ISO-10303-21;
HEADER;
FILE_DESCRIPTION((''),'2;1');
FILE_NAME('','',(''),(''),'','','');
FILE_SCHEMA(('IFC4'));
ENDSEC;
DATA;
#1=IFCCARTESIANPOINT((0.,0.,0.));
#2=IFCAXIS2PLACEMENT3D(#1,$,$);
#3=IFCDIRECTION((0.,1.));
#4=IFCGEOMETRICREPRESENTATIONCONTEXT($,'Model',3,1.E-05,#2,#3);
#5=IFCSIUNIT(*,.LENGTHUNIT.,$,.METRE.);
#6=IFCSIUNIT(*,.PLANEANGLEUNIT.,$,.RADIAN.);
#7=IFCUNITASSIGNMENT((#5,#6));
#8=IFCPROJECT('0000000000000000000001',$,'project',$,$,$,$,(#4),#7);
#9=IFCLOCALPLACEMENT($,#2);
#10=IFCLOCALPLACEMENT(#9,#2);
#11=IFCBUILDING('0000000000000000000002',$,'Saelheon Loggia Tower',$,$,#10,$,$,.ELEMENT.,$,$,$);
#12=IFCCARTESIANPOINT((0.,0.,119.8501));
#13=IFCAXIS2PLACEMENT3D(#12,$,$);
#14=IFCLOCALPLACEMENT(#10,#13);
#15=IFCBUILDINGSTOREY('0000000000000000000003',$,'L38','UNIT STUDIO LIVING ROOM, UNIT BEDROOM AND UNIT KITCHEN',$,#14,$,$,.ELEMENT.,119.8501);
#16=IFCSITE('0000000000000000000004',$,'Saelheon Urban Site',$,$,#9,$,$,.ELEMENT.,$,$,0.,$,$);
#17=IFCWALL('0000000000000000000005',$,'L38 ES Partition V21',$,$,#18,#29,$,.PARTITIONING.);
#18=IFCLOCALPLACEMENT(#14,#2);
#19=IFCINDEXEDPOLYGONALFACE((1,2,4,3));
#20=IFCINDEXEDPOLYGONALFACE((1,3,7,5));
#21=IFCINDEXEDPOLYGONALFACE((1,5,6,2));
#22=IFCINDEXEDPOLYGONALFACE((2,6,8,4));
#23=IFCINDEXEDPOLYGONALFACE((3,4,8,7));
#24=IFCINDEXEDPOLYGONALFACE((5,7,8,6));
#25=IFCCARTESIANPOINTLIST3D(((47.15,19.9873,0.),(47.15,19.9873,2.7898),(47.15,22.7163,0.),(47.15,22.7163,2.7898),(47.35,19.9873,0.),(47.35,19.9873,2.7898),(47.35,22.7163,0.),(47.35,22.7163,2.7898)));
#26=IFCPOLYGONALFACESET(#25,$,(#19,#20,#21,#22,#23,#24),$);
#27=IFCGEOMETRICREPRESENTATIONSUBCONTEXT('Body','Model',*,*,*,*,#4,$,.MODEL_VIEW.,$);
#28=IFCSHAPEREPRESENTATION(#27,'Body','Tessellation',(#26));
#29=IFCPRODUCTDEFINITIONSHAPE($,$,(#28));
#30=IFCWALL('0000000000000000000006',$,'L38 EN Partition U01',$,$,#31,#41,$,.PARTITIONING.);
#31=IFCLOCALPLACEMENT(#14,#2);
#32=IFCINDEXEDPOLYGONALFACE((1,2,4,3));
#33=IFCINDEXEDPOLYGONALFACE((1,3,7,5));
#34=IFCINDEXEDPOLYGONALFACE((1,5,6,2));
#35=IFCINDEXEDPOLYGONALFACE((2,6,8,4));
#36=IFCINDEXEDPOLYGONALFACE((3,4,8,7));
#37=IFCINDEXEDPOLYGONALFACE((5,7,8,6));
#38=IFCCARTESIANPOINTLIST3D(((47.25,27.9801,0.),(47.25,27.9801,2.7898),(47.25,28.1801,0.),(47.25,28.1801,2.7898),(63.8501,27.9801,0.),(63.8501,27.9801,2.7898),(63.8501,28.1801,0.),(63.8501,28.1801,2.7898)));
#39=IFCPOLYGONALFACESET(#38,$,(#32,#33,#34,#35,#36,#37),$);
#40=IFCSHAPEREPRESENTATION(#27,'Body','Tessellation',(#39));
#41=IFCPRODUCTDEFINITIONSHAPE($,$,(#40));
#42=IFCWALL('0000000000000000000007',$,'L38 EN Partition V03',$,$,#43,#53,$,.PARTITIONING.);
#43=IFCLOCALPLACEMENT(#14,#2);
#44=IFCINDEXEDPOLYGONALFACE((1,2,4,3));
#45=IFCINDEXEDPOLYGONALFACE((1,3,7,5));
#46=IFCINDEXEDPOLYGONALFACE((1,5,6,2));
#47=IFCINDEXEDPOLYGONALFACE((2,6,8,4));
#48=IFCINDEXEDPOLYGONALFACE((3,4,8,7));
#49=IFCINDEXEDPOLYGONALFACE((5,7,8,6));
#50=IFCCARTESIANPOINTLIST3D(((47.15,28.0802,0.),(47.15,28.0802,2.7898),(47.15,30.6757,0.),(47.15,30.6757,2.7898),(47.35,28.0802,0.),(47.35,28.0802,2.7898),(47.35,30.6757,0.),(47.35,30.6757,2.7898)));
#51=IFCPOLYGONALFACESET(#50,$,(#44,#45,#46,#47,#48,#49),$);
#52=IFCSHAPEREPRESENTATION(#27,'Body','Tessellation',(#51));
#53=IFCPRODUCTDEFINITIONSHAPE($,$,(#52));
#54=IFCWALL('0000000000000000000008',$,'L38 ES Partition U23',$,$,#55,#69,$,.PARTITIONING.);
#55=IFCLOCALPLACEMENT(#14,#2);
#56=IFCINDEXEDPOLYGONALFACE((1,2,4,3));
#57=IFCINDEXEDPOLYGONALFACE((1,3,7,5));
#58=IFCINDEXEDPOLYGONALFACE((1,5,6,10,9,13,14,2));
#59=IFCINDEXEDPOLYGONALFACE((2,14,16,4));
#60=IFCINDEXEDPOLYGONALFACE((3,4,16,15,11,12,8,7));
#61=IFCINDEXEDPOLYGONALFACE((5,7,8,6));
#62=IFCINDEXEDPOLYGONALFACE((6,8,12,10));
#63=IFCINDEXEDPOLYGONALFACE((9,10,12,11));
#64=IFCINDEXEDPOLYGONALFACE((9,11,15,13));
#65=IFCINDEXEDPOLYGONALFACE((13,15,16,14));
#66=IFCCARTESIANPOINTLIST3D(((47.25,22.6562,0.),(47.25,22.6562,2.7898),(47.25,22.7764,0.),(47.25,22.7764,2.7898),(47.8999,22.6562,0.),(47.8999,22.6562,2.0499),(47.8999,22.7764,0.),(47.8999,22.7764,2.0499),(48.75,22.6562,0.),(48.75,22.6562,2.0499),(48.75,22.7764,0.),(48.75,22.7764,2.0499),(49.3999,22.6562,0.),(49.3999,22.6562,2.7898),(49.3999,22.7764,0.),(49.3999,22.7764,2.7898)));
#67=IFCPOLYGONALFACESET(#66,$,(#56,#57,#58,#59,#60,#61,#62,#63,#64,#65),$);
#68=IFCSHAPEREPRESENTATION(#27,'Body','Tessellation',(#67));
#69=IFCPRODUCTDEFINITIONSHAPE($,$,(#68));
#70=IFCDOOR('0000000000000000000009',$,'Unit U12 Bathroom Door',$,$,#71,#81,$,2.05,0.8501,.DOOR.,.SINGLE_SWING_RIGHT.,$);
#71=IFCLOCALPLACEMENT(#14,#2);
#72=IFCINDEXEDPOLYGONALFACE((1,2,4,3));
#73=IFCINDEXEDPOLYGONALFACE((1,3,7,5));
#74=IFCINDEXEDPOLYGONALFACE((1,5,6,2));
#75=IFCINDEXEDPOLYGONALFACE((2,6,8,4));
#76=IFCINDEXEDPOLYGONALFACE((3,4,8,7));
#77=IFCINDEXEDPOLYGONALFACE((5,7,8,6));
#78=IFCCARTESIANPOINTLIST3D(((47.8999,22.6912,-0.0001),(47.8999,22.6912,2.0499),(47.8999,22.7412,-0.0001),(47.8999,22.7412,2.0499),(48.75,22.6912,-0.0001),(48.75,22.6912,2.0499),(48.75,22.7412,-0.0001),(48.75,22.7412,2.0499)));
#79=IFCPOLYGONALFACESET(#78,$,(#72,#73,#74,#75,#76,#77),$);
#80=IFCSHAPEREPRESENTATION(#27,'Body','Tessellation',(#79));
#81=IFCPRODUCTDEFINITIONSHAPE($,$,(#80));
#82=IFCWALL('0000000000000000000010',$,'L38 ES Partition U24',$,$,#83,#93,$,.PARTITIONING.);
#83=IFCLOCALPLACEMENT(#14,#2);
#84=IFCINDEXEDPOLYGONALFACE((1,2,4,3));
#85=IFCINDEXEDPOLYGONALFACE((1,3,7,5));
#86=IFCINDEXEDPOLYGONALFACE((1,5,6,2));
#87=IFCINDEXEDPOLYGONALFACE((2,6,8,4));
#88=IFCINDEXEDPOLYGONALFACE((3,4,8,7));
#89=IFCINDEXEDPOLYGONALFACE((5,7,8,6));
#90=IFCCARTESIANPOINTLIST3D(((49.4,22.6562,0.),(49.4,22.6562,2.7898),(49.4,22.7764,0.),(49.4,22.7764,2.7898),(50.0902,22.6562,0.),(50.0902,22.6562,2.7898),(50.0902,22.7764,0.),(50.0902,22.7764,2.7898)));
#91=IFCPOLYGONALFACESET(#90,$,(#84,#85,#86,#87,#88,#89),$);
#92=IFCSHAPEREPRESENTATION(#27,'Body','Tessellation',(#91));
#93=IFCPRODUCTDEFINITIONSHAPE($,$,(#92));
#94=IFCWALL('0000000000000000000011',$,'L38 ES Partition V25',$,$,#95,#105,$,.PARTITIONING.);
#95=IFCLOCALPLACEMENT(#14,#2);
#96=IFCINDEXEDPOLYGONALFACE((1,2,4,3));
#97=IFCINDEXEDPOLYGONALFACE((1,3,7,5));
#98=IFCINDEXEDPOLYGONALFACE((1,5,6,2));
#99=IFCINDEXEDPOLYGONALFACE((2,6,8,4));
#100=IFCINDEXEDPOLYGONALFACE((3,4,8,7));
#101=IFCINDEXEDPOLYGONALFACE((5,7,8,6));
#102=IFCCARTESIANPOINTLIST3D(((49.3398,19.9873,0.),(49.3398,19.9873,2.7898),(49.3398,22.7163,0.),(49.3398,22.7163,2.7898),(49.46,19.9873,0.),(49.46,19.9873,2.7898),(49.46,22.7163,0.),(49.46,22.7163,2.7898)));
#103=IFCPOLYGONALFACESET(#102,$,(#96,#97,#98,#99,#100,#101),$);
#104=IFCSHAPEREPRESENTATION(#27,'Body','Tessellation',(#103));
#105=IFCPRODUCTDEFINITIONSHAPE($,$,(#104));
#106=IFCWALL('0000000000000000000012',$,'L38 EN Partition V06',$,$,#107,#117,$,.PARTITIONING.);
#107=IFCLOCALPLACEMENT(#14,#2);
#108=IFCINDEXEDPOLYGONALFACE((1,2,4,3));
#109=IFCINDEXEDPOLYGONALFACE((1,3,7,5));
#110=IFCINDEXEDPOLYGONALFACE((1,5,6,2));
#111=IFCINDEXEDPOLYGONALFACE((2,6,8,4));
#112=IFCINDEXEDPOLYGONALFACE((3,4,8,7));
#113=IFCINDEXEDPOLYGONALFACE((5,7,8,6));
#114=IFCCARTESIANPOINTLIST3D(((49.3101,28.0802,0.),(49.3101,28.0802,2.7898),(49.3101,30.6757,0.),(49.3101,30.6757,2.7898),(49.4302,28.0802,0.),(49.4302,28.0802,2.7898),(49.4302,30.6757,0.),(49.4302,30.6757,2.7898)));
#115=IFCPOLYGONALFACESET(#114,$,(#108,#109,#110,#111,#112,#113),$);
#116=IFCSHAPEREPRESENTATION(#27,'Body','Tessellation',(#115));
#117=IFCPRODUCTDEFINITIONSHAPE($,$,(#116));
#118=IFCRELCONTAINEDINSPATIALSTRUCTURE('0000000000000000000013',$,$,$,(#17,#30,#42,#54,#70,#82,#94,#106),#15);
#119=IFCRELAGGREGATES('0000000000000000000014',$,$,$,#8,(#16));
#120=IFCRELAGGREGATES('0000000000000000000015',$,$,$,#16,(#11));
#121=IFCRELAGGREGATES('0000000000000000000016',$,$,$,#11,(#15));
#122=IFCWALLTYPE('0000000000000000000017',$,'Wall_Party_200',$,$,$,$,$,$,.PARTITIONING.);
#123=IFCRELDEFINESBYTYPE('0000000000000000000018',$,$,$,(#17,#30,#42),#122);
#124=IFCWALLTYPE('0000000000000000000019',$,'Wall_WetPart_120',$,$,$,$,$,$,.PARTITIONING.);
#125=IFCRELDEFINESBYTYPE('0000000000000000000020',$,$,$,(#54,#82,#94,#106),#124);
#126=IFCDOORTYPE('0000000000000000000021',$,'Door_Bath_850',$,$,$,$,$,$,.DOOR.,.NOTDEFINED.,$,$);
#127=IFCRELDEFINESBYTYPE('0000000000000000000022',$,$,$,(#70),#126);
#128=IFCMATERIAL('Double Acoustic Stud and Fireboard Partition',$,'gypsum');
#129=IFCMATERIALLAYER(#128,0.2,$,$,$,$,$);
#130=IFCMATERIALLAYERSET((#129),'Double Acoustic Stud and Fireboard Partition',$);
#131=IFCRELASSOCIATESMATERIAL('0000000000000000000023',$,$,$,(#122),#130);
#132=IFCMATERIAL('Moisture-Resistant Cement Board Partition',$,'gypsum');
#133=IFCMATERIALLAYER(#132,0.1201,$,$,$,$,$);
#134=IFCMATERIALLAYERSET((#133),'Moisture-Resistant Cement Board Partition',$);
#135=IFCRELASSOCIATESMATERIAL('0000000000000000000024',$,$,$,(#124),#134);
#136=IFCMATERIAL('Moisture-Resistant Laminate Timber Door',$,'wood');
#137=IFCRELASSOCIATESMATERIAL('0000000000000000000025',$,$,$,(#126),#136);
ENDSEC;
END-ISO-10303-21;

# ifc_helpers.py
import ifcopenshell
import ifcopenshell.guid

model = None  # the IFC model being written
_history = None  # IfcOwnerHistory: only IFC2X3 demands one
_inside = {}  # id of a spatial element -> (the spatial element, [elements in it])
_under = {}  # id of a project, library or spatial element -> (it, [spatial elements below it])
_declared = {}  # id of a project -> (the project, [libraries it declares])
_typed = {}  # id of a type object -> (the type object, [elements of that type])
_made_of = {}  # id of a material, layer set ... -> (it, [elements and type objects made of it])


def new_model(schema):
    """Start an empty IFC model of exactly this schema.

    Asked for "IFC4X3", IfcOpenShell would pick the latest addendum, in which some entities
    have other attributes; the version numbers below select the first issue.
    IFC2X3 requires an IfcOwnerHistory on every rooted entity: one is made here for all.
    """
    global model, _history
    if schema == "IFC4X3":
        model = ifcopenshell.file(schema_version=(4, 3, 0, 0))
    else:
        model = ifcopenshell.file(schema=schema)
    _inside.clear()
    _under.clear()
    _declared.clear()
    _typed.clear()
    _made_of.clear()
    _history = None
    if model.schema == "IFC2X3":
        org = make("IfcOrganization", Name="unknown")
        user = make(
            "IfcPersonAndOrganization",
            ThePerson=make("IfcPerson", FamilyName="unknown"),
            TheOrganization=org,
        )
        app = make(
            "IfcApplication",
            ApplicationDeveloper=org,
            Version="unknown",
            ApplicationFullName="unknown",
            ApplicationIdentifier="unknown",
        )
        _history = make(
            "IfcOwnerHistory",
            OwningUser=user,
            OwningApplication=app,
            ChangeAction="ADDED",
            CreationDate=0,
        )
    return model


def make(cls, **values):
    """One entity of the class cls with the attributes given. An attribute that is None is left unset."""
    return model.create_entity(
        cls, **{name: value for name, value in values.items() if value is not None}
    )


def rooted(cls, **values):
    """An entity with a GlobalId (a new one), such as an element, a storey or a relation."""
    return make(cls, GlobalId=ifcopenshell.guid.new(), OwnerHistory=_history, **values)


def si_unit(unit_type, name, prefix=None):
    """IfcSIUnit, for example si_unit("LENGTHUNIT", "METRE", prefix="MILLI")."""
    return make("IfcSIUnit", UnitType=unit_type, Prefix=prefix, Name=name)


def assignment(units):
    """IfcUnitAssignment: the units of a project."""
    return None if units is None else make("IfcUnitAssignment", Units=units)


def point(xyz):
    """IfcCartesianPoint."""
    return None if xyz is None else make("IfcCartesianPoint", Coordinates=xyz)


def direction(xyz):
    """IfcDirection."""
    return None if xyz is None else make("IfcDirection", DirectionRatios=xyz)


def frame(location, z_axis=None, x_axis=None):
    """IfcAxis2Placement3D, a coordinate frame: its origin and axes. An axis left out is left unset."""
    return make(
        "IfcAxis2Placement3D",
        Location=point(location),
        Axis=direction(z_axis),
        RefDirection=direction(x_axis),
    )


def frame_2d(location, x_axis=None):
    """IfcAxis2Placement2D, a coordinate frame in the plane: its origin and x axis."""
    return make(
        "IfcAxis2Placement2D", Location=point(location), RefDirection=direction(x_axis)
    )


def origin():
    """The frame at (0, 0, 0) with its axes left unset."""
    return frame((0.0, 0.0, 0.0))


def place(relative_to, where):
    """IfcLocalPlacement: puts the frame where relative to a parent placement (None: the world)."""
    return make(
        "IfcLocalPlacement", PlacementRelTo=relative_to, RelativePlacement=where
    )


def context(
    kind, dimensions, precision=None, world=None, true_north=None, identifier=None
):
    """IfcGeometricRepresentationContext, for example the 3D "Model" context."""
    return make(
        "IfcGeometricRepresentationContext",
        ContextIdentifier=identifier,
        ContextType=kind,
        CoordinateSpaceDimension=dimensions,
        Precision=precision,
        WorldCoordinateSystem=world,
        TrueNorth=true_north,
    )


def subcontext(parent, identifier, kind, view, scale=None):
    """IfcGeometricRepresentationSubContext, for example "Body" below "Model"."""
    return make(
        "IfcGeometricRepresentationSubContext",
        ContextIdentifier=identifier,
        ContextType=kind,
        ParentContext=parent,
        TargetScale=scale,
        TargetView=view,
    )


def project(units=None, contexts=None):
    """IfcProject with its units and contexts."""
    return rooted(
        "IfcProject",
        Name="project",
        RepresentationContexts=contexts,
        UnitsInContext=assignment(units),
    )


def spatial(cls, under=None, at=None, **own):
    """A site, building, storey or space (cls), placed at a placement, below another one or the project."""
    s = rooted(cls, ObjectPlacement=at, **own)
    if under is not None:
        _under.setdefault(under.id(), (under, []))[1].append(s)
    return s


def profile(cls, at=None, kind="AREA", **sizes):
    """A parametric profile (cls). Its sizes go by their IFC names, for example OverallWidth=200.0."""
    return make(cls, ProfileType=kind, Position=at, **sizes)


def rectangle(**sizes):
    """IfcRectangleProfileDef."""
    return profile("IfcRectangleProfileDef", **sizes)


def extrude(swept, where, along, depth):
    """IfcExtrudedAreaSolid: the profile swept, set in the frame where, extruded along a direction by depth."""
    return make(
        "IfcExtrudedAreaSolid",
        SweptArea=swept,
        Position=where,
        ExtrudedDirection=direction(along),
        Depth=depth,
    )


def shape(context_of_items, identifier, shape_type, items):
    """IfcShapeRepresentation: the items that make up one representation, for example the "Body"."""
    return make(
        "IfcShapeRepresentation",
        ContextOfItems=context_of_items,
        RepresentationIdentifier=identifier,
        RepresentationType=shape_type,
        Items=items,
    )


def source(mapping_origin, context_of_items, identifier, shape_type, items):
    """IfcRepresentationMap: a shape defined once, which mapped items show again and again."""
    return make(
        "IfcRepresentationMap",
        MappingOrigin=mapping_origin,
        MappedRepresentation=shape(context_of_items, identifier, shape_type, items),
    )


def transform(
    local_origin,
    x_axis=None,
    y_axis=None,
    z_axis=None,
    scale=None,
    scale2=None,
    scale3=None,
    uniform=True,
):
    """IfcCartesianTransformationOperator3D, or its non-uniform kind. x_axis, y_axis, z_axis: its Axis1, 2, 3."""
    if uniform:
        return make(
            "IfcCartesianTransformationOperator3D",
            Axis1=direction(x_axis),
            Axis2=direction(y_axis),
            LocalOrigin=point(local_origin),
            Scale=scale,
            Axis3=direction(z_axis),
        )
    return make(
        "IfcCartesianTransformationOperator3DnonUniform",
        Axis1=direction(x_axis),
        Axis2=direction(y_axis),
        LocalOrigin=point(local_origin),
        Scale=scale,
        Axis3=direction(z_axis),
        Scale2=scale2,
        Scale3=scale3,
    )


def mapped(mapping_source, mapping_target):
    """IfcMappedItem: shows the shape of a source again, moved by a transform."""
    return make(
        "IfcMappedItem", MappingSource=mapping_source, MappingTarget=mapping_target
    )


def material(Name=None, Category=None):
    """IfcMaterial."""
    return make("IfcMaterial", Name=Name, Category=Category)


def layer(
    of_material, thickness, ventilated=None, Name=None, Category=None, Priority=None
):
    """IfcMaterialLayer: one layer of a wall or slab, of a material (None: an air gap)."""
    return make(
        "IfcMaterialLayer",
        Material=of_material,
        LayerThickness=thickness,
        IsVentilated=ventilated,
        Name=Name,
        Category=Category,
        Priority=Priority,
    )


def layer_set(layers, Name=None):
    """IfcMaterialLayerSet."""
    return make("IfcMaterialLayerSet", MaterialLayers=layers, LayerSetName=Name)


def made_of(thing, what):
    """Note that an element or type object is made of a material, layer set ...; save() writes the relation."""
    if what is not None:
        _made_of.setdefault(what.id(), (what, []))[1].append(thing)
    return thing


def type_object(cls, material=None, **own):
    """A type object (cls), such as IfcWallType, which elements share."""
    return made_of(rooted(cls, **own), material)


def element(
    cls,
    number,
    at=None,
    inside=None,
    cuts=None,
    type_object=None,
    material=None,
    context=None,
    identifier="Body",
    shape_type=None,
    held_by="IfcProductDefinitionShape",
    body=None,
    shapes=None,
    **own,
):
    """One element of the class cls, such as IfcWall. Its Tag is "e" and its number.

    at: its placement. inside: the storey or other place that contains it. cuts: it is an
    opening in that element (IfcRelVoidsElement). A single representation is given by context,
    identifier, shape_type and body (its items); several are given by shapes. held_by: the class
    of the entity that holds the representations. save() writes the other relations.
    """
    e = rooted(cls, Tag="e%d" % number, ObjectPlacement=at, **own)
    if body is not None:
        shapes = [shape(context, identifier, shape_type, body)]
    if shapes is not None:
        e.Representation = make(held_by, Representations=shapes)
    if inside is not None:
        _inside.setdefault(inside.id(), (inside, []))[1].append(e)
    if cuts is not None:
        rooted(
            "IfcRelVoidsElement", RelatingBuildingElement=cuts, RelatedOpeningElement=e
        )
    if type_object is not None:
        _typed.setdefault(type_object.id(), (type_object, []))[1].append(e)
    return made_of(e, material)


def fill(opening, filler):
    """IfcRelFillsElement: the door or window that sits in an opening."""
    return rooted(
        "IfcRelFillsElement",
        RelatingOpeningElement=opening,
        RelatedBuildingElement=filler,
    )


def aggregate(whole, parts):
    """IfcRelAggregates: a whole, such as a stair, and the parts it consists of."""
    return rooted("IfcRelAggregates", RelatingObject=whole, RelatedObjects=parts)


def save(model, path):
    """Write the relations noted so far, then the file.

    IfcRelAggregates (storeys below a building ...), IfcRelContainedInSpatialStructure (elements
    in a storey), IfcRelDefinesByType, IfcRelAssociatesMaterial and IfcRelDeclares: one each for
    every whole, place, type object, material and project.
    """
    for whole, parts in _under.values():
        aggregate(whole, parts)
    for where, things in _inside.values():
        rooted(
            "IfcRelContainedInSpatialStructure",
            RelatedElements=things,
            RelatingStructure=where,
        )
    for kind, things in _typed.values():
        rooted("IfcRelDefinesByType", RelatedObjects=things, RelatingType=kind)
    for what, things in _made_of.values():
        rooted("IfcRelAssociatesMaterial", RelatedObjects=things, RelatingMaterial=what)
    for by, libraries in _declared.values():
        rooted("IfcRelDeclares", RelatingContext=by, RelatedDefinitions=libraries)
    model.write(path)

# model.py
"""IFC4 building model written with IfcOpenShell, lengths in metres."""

from ifc_helpers import new_model, si_unit, direction, frame, frame_2d, origin, place, context, subcontext, project, spatial, rectangle, extrude, source, transform, mapped, material, layer, layer_set, type_object, element, fill, save


model = new_model("IFC4")

# Units and contexts
model_context = context("Model", 3, precision=1e-05, world=origin(), true_north=direction((0.0, 1.0)))
body_context = subcontext(model_context, "Body", "Model", "MODEL_VIEW")
ifc_project = project(units=[si_unit("LENGTHUNIT", "METRE"), si_unit("PLANEANGLEUNIT", "RADIAN")], contexts=[model_context])

# Site, building, storey
site_placement = place(None, origin())
site = spatial("IfcSite", under=ifc_project, at=site_placement, Name="Saelheon Urban Site", CompositionType="ELEMENT", RefElevation=0.0)
building_placement = place(site_placement, origin())
building = spatial("IfcBuilding", under=site, at=building_placement, Name="Saelheon Loggia Tower", CompositionType="ELEMENT")
storey_placement = place(building_placement, frame((0.0, 0.0, 119.8501)))
storey = spatial("IfcBuildingStorey", under=building, at=storey_placement, Name="L38", Description="UNIT STUDIO LIVING ROOM, UNIT BEDROOM AND UNIT KITCHEN", CompositionType="ELEMENT", Elevation=119.8501)

# Wall
ifc_material_1 = material(Name="Double Acoustic Stud and Fireboard Partition", Category="gypsum")
ifc_layer_1 = layer(ifc_material_1, 0.2)
ifc_layer_set_1 = layer_set([ifc_layer_1], Name="Double Acoustic Stud and Fireboard Partition")
wall_type_1 = type_object("IfcWallType", Name="Wall_Party_200", PredefinedType="PARTITIONING", material=ifc_layer_set_1)
wall_1_placement = place(storey_placement, frame((47.25, 19.9873, 0.0), z_axis=(0.0, 0.0, 1.0), x_axis=(0.0, 1.0, 0.0)))
element("IfcWall", 1, at=wall_1_placement, inside=storey, type_object=wall_type_1, Name="L38 ES Partition V21", PredefinedType="PARTITIONING", context=body_context, shape_type="SweptSolid", body=[
    extrude(rectangle(XDim=2.729, YDim=0.2, at=frame_2d((1.3645, 0.0))), origin(), (0.0, 0.0, 1.0), 2.7898),
])

# Walls
wall_2_placement = place(storey_placement, frame((47.25, 28.0801, 0.0), z_axis=(0.0, 0.0, 1.0), x_axis=(1.0, 0.0, 0.0)))
element("IfcWall", 2, at=wall_2_placement, inside=storey, type_object=wall_type_1, Name="L38 EN Partition U01", PredefinedType="PARTITIONING", context=body_context, shape_type="SweptSolid", body=[
    extrude(rectangle(XDim=16.6001, YDim=0.2, at=frame_2d((8.3, 0.0))), origin(), (0.0, 0.0, 1.0), 2.7898),
])
wall_3_placement = place(storey_placement, frame((47.25, 28.0801, 0.0), z_axis=(0.0, 0.0, 1.0), x_axis=(0.0, 1.0, 0.0)))
element("IfcWall", 3, at=wall_3_placement, inside=storey, type_object=wall_type_1, Name="L38 EN Partition V03", PredefinedType="PARTITIONING", context=body_context, shape_type="SweptSolid", body=[
    extrude(rectangle(XDim=2.5955, YDim=0.2, at=frame_2d((1.2979, 0.0))), origin(), (0.0, 0.0, 1.0), 2.7898),
])

# Wall, opening, door
ifc_material_2 = material(Name="Moisture-Resistant Cement Board Partition", Category="gypsum")
ifc_layer_2 = layer(ifc_material_2, 0.1201)
ifc_layer_set_2 = layer_set([ifc_layer_2], Name="Moisture-Resistant Cement Board Partition")
wall_type_2 = type_object("IfcWallType", Name="Wall_WetPart_120", PredefinedType="PARTITIONING", material=ifc_layer_set_2)
wall_4_placement = place(storey_placement, frame((47.25, 22.7163, 0.0), z_axis=(0.0, 0.0, 1.0), x_axis=(1.0, 0.0, 0.0)))
wall_4 = element("IfcWall", 4, at=wall_4_placement, inside=storey, type_object=wall_type_2, Name="L38 ES Partition U23", PredefinedType="PARTITIONING", context=body_context, shape_type="SweptSolid", body=[
    extrude(rectangle(XDim=2.1499, YDim=0.1201, at=frame_2d((1.075, 0.0))), origin(), (0.0, 0.0, 1.0), 2.7898),
])
opening_1_placement = place(wall_4_placement, frame((0.6499, 0.0, 0.0)))
opening_1 = element("IfcOpeningElement", 5, at=opening_1_placement, cuts=wall_4, PredefinedType="OPENING", context=body_context, shape_type="SweptSolid", body=[
    extrude(rectangle(XDim=0.8501, YDim=2.05, at=frame_2d((0.425, 1.0249))), frame((0.0, 0.072, 0.0), z_axis=(0.0, -1.0, 0.0), x_axis=(1.0, 0.0, 0.0)), (0.0, 0.0, 1.0), 0.144),
])
ifc_material_3 = material(Name="Moisture-Resistant Laminate Timber Door", Category="wood")
door_type_1 = type_object("IfcDoorType", Name="Door_Bath_850", OperationType="NOTDEFINED", PredefinedType="DOOR", material=ifc_material_3)
shared_shape_1 = source(origin(), body_context, "Body", "SweptSolid", [
    extrude(rectangle(XDim=0.8501, YDim=2.05, at=frame_2d((0.425, 1.0249))), frame((0.0, 0.0249, 0.0), z_axis=(0.0, -1.0, 0.0), x_axis=(1.0, 0.0, 0.0)), (0.0, 0.0, 1.0), 0.05),
])
door_1_placement = place(opening_1_placement, origin())
door_1 = element("IfcDoor", 6, at=door_1_placement, inside=storey, type_object=door_type_1, Name="Unit U12 Bathroom Door", OperationType="SINGLE_SWING_RIGHT", OverallHeight=2.05, OverallWidth=0.8501, PredefinedType="DOOR", context=body_context, shape_type="MappedRepresentation", body=[
    mapped(shared_shape_1, transform((0.0, 0.0, 0.0), scale=1.0)),
])
fill(opening_1, door_1)

# Walls
wall_5_placement = place(storey_placement, frame((49.3999, 22.7163, 0.0), z_axis=(0.0, 0.0, 1.0), x_axis=(1.0, 0.0, 0.0)))
element("IfcWall", 7, at=wall_5_placement, inside=storey, type_object=wall_type_2, Name="L38 ES Partition U24", PredefinedType="PARTITIONING", context=body_context, shape_type="SweptSolid", body=[
    extrude(rectangle(XDim=0.6902, YDim=0.1201, at=frame_2d((0.3452, 0.0))), origin(), (0.0, 0.0, 1.0), 2.7898),
])
wall_6_placement = place(storey_placement, frame((49.3999, 19.9873, 0.0), z_axis=(0.0, 0.0, 1.0), x_axis=(0.0, 1.0, 0.0)))
element("IfcWall", 8, at=wall_6_placement, inside=storey, type_object=wall_type_2, Name="L38 ES Partition V25", PredefinedType="PARTITIONING", context=body_context, shape_type="SweptSolid", body=[
    extrude(rectangle(XDim=2.729, YDim=0.1201, at=frame_2d((1.3645, 0.0))), origin(), (0.0, 0.0, 1.0), 2.7898),
])
wall_7_placement = place(storey_placement, frame((49.3701, 28.0801, 0.0), z_axis=(0.0, 0.0, 1.0), x_axis=(0.0, 1.0, 0.0)))
element("IfcWall", 9, at=wall_7_placement, inside=storey, type_object=wall_type_2, Name="L38 EN Partition V06", PredefinedType="PARTITIONING", context=body_context, shape_type="SweptSolid", body=[
    extrude(rectangle(XDim=2.5955, YDim=0.1201, at=frame_2d((1.2979, 0.0))), origin(), (0.0, 0.0, 1.0), 2.7898),
])

save(model, "model.ifc")
